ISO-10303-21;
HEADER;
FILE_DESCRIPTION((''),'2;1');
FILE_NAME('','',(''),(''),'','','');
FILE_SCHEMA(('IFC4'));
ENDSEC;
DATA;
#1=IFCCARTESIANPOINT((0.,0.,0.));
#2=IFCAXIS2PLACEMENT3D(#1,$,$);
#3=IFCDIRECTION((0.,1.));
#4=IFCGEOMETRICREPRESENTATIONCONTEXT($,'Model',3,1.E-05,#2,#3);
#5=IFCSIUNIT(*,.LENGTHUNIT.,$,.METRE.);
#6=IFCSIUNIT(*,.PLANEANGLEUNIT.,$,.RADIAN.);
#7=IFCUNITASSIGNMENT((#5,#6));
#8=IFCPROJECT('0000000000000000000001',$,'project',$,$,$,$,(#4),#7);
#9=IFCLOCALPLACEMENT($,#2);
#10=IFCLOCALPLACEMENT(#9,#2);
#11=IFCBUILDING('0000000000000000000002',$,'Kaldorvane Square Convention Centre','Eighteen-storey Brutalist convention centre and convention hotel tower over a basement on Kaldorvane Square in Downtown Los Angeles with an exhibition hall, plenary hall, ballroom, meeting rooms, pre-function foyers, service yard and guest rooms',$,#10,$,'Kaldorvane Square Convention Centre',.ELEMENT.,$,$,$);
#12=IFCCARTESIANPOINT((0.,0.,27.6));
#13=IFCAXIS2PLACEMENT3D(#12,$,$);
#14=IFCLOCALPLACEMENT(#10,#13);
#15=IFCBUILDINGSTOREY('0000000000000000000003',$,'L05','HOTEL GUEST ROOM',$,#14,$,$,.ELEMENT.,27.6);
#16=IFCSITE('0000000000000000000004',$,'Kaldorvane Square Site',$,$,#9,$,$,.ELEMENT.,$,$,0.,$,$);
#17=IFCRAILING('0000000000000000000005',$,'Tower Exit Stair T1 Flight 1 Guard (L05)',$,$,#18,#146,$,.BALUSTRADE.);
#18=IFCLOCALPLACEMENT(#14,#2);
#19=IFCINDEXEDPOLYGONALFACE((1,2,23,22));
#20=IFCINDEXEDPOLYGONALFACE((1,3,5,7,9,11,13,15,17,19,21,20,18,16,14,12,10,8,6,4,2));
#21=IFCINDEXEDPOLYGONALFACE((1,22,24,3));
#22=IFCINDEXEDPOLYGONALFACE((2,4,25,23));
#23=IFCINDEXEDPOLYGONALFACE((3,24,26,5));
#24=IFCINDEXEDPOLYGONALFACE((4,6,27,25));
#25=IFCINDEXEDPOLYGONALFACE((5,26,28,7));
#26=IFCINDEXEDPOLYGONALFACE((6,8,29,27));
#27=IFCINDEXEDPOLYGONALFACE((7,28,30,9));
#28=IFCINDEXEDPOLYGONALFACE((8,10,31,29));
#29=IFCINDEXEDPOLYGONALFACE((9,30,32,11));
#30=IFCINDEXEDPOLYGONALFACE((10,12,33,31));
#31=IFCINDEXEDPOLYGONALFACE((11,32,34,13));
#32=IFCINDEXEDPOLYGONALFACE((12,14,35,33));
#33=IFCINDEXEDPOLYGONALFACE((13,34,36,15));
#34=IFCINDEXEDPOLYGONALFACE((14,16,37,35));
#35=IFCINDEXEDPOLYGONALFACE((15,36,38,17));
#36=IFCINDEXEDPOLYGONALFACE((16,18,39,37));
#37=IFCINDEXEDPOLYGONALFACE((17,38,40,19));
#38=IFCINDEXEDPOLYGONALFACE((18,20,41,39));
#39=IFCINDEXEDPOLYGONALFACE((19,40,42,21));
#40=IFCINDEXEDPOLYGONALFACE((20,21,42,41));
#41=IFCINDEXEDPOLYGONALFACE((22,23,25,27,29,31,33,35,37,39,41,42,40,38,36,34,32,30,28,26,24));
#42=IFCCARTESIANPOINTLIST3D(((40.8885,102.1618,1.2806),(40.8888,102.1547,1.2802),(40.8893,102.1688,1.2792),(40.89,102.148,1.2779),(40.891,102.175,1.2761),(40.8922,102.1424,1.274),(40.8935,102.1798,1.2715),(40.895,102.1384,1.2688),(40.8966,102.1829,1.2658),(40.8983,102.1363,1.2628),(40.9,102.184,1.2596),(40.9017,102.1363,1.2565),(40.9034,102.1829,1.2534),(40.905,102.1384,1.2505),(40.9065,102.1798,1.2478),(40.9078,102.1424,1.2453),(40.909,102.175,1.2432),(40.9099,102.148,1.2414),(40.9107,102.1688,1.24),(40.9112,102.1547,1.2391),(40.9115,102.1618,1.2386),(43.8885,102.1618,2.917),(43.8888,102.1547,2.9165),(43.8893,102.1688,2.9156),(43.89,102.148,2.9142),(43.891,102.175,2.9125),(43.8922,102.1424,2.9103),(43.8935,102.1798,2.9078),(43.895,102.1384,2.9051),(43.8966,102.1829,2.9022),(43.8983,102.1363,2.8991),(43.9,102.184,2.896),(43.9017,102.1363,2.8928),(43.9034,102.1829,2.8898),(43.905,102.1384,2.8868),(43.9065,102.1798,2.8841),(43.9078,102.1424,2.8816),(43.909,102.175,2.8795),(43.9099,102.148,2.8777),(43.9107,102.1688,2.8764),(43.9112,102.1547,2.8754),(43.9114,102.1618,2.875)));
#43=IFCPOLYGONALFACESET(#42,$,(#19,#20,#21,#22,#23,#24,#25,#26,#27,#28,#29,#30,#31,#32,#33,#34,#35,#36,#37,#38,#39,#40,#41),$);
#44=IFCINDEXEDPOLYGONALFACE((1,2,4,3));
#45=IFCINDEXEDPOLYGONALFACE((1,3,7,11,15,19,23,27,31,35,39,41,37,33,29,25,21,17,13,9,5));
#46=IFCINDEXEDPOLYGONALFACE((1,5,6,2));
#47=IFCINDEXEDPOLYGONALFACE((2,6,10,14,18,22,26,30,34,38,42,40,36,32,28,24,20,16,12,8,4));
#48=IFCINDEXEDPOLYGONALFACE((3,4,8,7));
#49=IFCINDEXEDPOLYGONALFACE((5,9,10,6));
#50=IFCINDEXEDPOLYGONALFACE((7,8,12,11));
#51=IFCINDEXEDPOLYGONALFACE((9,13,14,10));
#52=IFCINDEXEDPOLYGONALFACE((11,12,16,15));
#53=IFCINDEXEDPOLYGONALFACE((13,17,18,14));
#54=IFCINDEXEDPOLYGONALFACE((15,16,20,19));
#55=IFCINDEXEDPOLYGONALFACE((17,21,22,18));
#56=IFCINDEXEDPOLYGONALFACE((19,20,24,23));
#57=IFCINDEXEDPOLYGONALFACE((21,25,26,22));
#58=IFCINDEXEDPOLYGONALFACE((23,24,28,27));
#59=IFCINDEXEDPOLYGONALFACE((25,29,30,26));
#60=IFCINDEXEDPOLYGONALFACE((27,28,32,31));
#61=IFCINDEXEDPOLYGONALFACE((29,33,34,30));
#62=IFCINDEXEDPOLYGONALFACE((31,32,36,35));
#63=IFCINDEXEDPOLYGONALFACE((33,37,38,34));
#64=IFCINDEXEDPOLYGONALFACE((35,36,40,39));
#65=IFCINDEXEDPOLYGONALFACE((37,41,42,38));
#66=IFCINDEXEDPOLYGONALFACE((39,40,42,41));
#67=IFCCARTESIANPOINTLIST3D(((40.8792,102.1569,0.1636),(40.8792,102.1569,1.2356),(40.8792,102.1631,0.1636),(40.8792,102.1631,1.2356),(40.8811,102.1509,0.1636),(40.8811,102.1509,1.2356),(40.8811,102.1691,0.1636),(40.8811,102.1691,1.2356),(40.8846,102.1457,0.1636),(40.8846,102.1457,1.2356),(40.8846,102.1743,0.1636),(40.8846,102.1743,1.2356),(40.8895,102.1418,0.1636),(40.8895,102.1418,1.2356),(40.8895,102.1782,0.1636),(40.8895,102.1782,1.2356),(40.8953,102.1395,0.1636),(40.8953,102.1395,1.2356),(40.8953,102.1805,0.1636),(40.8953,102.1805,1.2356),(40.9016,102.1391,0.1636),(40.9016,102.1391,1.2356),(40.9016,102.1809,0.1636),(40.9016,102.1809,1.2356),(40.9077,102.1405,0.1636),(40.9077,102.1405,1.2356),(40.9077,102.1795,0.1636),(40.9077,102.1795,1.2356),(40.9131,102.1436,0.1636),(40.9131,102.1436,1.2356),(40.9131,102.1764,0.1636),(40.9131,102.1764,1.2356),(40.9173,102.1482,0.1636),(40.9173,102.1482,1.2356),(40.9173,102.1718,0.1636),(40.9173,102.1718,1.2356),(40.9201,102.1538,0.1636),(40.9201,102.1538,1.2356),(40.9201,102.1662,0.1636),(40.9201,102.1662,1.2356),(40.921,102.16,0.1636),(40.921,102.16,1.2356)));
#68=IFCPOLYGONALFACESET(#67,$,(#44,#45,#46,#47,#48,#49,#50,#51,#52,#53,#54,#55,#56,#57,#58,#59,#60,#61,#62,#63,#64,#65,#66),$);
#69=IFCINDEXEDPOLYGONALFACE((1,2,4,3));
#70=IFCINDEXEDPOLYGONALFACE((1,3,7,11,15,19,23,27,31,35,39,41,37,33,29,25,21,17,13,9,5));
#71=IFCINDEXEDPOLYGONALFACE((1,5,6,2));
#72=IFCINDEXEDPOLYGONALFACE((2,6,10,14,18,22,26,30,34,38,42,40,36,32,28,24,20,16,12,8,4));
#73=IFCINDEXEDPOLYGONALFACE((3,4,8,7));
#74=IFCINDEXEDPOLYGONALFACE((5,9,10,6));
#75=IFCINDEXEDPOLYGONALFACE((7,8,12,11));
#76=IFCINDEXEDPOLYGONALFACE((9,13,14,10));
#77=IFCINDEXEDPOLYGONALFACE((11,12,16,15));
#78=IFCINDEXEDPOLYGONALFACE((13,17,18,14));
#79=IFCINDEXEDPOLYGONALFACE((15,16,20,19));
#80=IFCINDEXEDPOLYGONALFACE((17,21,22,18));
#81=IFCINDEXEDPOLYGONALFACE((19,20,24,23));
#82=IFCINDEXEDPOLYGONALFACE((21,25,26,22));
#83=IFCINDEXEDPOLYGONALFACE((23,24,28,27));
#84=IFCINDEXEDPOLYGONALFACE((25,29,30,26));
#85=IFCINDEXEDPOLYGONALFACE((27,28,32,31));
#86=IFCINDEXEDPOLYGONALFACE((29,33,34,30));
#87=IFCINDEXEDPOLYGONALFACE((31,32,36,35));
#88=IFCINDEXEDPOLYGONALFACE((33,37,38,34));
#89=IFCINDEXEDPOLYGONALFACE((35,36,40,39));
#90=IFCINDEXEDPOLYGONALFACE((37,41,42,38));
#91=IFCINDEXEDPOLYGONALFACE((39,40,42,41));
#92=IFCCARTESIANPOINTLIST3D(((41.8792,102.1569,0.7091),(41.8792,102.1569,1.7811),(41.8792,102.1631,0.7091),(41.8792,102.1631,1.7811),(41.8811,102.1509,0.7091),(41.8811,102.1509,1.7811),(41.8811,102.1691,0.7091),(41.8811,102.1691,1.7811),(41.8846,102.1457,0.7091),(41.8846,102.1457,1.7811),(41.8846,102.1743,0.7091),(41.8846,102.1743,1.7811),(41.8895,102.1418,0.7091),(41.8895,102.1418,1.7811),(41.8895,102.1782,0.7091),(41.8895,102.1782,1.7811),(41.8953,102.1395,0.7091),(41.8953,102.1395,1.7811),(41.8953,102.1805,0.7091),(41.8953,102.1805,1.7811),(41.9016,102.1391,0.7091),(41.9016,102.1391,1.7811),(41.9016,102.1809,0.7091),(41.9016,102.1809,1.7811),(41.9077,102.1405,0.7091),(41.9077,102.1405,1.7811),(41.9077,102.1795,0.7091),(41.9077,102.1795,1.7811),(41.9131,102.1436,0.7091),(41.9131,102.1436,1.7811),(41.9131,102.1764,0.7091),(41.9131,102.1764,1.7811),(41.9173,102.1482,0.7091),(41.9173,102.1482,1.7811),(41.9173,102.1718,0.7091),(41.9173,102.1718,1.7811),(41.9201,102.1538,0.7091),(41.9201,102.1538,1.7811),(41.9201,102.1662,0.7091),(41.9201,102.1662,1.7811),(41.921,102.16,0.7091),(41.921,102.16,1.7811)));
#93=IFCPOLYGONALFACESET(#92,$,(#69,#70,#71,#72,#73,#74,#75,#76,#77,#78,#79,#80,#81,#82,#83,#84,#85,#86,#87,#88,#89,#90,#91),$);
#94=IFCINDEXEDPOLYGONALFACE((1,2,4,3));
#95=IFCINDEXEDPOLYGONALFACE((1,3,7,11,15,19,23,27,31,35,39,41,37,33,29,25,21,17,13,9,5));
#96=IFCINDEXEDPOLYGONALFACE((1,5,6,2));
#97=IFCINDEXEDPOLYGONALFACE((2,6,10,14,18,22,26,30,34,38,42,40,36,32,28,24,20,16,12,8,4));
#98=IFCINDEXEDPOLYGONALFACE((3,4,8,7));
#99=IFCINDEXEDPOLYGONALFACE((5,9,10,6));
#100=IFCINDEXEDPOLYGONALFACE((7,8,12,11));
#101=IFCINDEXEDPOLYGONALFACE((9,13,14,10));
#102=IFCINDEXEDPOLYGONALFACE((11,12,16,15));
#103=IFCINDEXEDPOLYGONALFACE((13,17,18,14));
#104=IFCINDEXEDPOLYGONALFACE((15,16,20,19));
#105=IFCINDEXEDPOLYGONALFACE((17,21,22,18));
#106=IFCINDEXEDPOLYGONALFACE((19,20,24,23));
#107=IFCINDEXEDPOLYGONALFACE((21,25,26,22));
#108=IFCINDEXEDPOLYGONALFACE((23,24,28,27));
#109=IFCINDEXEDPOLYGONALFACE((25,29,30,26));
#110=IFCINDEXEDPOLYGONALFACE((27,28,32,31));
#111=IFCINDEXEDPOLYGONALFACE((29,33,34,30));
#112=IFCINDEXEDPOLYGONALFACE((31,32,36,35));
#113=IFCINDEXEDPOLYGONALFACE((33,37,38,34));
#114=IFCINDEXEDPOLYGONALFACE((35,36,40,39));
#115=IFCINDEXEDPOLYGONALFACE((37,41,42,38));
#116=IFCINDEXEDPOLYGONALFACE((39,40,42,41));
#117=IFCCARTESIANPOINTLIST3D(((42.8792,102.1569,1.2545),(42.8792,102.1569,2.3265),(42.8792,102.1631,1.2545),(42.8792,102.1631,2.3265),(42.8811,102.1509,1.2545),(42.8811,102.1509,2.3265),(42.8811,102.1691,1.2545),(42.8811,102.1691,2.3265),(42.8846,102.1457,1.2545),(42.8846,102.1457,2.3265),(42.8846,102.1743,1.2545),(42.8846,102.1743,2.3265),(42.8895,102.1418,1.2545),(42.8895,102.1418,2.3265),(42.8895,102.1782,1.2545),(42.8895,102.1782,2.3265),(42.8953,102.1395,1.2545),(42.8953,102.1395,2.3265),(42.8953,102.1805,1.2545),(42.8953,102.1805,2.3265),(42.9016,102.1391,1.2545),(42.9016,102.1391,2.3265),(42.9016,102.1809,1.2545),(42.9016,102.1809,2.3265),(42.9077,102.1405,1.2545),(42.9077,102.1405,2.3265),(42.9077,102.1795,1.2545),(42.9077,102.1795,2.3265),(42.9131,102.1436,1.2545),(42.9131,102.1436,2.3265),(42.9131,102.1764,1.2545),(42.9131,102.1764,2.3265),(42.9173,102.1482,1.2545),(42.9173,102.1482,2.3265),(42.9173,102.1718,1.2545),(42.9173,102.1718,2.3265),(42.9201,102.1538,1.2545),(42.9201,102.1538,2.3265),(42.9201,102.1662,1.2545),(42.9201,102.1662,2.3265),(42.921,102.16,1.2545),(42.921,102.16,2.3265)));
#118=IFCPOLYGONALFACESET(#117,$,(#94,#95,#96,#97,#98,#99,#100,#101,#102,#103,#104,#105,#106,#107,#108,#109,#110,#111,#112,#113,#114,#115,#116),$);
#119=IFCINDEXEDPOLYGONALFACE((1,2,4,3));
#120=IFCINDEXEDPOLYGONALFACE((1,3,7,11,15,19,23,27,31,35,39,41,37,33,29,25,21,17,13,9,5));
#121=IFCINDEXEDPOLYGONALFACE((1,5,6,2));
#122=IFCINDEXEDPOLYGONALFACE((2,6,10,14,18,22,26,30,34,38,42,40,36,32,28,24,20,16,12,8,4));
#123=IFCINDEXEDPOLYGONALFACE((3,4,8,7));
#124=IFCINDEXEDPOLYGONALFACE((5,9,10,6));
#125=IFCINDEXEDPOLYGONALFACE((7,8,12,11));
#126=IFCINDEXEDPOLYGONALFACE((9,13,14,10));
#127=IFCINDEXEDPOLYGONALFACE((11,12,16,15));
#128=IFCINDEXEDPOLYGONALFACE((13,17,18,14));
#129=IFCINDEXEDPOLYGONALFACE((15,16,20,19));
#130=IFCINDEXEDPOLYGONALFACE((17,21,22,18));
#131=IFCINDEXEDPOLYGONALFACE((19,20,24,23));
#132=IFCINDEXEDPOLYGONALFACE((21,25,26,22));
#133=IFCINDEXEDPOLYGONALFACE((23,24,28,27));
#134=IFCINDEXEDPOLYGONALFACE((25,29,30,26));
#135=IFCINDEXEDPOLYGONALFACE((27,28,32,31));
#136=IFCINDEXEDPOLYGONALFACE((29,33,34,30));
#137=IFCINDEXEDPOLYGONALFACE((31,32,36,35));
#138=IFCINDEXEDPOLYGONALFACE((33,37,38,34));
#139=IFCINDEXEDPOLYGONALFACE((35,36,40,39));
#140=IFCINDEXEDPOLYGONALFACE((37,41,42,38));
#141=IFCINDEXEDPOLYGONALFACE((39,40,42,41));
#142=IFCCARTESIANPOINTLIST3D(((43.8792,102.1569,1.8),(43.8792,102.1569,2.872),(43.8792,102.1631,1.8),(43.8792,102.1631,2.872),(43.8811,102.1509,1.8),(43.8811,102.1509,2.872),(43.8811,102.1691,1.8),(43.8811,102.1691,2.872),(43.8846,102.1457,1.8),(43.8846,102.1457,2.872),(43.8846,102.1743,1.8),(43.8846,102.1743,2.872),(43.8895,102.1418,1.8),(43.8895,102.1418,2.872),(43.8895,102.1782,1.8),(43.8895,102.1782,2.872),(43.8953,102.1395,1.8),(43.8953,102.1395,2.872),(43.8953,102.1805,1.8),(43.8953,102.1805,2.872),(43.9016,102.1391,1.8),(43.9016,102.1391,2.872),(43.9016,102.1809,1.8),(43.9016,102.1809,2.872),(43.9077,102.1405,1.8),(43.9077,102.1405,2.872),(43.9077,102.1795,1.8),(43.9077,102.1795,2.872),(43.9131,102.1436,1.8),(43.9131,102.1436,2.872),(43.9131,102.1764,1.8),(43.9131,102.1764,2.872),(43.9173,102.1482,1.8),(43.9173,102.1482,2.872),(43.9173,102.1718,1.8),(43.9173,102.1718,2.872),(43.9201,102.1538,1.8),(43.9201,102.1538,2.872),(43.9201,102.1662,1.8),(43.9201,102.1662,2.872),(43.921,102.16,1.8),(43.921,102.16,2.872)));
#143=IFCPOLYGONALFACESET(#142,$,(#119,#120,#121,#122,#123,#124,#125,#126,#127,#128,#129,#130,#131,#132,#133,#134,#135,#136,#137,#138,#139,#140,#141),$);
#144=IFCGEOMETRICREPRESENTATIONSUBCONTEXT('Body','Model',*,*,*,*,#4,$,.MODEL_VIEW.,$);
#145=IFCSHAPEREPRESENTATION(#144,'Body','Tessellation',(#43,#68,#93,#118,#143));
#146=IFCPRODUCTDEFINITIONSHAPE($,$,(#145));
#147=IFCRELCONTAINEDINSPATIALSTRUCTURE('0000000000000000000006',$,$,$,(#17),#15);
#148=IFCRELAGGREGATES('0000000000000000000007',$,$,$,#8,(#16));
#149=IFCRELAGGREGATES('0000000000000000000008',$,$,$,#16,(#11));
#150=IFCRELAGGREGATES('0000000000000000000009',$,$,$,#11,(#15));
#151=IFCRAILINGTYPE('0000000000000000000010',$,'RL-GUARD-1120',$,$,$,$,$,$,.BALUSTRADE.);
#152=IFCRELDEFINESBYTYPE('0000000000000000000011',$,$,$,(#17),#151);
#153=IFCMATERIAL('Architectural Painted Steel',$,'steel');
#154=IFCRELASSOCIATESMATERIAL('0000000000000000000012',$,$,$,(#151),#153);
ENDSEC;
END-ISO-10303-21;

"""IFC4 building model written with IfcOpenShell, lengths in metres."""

from ifc_helpers import new_model, si_unit, direction, frame, origin, origin_2d, place, context, subcontext, project, spatial, circle, extrude, material, type_object, element, save


model = new_model("IFC4")

# Units and contexts
model_context = context("Model", 3, precision=1e-05, world=origin(), true_north=direction((0.0, 1.0)))
body_context = subcontext(model_context, "Body", "Model", "MODEL_VIEW")
ifc_project = project(units=[si_unit("LENGTHUNIT", "METRE"), si_unit("PLANEANGLEUNIT", "RADIAN")], contexts=[model_context])

# Site, building, storey
site_placement = place(None, origin())
site = spatial("IfcSite", under=ifc_project, at=site_placement, Name="Kaldorvane Square Site", CompositionType="ELEMENT", RefElevation=0.0)
building_placement = place(site_placement, origin())
building = spatial("IfcBuilding", under=site, at=building_placement, Name="Kaldorvane Square Convention Centre", Description="Eighteen-storey Brutalist convention centre and convention hotel tower over a basement on Kaldorvane Square in Downtown Los Angeles with an exhibition hall, plenary hall, ballroom, meeting rooms, pre-function foyers, service yard and guest rooms", LongName="Kaldorvane Square Convention Centre", CompositionType="ELEMENT")
storey_placement = place(building_placement, frame((0.0, 0.0, 27.6)))
storey = spatial("IfcBuildingStorey", under=building, at=storey_placement, Name="L05", Description="HOTEL GUEST ROOM", CompositionType="ELEMENT", Elevation=27.6)

# Railing
ifc_material_1 = material(Name="Architectural Painted Steel", Category="steel")
railing_type_1 = type_object("IfcRailingType", Name="RL-GUARD-1120", PredefinedType="BALUSTRADE", material=ifc_material_1)
railing_1_placement = place(storey_placement, frame((40.9, 102.16, 0.1636)))
element("IfcRailing", 1, at=railing_1_placement, inside=storey, type_object=railing_type_1, Name="Tower Exit Stair T1 Flight 1 Guard (L05)", PredefinedType="BALUSTRADE", context=body_context, shape_type="SweptSolid", body=[
    extrude(circle(Radius=0.024, at=origin_2d()), frame((0.0, 0.0, 1.096), z_axis=(0.877897, 0.0, 0.47885), x_axis=(0.0, 1.0, 0.0)), (0.0, 0.0, 1.0), 3.4173),
    extrude(circle(Radius=0.021, at=origin_2d()), origin(), (0.0, 0.0, 1.0), 1.072),
    extrude(circle(Radius=0.021, at=origin_2d()), frame((1.0, 0.0, 0.5455)), (0.0, 0.0, 1.0), 1.072),
    extrude(circle(Radius=0.021, at=origin_2d()), frame((2.0, 0.0, 1.0909)), (0.0, 0.0, 1.0), 1.072),
    extrude(circle(Radius=0.021, at=origin_2d()), frame((3.0, 0.0, 1.6364)), (0.0, 0.0, 1.0), 1.072),
])

save(model, "model.ifc")
